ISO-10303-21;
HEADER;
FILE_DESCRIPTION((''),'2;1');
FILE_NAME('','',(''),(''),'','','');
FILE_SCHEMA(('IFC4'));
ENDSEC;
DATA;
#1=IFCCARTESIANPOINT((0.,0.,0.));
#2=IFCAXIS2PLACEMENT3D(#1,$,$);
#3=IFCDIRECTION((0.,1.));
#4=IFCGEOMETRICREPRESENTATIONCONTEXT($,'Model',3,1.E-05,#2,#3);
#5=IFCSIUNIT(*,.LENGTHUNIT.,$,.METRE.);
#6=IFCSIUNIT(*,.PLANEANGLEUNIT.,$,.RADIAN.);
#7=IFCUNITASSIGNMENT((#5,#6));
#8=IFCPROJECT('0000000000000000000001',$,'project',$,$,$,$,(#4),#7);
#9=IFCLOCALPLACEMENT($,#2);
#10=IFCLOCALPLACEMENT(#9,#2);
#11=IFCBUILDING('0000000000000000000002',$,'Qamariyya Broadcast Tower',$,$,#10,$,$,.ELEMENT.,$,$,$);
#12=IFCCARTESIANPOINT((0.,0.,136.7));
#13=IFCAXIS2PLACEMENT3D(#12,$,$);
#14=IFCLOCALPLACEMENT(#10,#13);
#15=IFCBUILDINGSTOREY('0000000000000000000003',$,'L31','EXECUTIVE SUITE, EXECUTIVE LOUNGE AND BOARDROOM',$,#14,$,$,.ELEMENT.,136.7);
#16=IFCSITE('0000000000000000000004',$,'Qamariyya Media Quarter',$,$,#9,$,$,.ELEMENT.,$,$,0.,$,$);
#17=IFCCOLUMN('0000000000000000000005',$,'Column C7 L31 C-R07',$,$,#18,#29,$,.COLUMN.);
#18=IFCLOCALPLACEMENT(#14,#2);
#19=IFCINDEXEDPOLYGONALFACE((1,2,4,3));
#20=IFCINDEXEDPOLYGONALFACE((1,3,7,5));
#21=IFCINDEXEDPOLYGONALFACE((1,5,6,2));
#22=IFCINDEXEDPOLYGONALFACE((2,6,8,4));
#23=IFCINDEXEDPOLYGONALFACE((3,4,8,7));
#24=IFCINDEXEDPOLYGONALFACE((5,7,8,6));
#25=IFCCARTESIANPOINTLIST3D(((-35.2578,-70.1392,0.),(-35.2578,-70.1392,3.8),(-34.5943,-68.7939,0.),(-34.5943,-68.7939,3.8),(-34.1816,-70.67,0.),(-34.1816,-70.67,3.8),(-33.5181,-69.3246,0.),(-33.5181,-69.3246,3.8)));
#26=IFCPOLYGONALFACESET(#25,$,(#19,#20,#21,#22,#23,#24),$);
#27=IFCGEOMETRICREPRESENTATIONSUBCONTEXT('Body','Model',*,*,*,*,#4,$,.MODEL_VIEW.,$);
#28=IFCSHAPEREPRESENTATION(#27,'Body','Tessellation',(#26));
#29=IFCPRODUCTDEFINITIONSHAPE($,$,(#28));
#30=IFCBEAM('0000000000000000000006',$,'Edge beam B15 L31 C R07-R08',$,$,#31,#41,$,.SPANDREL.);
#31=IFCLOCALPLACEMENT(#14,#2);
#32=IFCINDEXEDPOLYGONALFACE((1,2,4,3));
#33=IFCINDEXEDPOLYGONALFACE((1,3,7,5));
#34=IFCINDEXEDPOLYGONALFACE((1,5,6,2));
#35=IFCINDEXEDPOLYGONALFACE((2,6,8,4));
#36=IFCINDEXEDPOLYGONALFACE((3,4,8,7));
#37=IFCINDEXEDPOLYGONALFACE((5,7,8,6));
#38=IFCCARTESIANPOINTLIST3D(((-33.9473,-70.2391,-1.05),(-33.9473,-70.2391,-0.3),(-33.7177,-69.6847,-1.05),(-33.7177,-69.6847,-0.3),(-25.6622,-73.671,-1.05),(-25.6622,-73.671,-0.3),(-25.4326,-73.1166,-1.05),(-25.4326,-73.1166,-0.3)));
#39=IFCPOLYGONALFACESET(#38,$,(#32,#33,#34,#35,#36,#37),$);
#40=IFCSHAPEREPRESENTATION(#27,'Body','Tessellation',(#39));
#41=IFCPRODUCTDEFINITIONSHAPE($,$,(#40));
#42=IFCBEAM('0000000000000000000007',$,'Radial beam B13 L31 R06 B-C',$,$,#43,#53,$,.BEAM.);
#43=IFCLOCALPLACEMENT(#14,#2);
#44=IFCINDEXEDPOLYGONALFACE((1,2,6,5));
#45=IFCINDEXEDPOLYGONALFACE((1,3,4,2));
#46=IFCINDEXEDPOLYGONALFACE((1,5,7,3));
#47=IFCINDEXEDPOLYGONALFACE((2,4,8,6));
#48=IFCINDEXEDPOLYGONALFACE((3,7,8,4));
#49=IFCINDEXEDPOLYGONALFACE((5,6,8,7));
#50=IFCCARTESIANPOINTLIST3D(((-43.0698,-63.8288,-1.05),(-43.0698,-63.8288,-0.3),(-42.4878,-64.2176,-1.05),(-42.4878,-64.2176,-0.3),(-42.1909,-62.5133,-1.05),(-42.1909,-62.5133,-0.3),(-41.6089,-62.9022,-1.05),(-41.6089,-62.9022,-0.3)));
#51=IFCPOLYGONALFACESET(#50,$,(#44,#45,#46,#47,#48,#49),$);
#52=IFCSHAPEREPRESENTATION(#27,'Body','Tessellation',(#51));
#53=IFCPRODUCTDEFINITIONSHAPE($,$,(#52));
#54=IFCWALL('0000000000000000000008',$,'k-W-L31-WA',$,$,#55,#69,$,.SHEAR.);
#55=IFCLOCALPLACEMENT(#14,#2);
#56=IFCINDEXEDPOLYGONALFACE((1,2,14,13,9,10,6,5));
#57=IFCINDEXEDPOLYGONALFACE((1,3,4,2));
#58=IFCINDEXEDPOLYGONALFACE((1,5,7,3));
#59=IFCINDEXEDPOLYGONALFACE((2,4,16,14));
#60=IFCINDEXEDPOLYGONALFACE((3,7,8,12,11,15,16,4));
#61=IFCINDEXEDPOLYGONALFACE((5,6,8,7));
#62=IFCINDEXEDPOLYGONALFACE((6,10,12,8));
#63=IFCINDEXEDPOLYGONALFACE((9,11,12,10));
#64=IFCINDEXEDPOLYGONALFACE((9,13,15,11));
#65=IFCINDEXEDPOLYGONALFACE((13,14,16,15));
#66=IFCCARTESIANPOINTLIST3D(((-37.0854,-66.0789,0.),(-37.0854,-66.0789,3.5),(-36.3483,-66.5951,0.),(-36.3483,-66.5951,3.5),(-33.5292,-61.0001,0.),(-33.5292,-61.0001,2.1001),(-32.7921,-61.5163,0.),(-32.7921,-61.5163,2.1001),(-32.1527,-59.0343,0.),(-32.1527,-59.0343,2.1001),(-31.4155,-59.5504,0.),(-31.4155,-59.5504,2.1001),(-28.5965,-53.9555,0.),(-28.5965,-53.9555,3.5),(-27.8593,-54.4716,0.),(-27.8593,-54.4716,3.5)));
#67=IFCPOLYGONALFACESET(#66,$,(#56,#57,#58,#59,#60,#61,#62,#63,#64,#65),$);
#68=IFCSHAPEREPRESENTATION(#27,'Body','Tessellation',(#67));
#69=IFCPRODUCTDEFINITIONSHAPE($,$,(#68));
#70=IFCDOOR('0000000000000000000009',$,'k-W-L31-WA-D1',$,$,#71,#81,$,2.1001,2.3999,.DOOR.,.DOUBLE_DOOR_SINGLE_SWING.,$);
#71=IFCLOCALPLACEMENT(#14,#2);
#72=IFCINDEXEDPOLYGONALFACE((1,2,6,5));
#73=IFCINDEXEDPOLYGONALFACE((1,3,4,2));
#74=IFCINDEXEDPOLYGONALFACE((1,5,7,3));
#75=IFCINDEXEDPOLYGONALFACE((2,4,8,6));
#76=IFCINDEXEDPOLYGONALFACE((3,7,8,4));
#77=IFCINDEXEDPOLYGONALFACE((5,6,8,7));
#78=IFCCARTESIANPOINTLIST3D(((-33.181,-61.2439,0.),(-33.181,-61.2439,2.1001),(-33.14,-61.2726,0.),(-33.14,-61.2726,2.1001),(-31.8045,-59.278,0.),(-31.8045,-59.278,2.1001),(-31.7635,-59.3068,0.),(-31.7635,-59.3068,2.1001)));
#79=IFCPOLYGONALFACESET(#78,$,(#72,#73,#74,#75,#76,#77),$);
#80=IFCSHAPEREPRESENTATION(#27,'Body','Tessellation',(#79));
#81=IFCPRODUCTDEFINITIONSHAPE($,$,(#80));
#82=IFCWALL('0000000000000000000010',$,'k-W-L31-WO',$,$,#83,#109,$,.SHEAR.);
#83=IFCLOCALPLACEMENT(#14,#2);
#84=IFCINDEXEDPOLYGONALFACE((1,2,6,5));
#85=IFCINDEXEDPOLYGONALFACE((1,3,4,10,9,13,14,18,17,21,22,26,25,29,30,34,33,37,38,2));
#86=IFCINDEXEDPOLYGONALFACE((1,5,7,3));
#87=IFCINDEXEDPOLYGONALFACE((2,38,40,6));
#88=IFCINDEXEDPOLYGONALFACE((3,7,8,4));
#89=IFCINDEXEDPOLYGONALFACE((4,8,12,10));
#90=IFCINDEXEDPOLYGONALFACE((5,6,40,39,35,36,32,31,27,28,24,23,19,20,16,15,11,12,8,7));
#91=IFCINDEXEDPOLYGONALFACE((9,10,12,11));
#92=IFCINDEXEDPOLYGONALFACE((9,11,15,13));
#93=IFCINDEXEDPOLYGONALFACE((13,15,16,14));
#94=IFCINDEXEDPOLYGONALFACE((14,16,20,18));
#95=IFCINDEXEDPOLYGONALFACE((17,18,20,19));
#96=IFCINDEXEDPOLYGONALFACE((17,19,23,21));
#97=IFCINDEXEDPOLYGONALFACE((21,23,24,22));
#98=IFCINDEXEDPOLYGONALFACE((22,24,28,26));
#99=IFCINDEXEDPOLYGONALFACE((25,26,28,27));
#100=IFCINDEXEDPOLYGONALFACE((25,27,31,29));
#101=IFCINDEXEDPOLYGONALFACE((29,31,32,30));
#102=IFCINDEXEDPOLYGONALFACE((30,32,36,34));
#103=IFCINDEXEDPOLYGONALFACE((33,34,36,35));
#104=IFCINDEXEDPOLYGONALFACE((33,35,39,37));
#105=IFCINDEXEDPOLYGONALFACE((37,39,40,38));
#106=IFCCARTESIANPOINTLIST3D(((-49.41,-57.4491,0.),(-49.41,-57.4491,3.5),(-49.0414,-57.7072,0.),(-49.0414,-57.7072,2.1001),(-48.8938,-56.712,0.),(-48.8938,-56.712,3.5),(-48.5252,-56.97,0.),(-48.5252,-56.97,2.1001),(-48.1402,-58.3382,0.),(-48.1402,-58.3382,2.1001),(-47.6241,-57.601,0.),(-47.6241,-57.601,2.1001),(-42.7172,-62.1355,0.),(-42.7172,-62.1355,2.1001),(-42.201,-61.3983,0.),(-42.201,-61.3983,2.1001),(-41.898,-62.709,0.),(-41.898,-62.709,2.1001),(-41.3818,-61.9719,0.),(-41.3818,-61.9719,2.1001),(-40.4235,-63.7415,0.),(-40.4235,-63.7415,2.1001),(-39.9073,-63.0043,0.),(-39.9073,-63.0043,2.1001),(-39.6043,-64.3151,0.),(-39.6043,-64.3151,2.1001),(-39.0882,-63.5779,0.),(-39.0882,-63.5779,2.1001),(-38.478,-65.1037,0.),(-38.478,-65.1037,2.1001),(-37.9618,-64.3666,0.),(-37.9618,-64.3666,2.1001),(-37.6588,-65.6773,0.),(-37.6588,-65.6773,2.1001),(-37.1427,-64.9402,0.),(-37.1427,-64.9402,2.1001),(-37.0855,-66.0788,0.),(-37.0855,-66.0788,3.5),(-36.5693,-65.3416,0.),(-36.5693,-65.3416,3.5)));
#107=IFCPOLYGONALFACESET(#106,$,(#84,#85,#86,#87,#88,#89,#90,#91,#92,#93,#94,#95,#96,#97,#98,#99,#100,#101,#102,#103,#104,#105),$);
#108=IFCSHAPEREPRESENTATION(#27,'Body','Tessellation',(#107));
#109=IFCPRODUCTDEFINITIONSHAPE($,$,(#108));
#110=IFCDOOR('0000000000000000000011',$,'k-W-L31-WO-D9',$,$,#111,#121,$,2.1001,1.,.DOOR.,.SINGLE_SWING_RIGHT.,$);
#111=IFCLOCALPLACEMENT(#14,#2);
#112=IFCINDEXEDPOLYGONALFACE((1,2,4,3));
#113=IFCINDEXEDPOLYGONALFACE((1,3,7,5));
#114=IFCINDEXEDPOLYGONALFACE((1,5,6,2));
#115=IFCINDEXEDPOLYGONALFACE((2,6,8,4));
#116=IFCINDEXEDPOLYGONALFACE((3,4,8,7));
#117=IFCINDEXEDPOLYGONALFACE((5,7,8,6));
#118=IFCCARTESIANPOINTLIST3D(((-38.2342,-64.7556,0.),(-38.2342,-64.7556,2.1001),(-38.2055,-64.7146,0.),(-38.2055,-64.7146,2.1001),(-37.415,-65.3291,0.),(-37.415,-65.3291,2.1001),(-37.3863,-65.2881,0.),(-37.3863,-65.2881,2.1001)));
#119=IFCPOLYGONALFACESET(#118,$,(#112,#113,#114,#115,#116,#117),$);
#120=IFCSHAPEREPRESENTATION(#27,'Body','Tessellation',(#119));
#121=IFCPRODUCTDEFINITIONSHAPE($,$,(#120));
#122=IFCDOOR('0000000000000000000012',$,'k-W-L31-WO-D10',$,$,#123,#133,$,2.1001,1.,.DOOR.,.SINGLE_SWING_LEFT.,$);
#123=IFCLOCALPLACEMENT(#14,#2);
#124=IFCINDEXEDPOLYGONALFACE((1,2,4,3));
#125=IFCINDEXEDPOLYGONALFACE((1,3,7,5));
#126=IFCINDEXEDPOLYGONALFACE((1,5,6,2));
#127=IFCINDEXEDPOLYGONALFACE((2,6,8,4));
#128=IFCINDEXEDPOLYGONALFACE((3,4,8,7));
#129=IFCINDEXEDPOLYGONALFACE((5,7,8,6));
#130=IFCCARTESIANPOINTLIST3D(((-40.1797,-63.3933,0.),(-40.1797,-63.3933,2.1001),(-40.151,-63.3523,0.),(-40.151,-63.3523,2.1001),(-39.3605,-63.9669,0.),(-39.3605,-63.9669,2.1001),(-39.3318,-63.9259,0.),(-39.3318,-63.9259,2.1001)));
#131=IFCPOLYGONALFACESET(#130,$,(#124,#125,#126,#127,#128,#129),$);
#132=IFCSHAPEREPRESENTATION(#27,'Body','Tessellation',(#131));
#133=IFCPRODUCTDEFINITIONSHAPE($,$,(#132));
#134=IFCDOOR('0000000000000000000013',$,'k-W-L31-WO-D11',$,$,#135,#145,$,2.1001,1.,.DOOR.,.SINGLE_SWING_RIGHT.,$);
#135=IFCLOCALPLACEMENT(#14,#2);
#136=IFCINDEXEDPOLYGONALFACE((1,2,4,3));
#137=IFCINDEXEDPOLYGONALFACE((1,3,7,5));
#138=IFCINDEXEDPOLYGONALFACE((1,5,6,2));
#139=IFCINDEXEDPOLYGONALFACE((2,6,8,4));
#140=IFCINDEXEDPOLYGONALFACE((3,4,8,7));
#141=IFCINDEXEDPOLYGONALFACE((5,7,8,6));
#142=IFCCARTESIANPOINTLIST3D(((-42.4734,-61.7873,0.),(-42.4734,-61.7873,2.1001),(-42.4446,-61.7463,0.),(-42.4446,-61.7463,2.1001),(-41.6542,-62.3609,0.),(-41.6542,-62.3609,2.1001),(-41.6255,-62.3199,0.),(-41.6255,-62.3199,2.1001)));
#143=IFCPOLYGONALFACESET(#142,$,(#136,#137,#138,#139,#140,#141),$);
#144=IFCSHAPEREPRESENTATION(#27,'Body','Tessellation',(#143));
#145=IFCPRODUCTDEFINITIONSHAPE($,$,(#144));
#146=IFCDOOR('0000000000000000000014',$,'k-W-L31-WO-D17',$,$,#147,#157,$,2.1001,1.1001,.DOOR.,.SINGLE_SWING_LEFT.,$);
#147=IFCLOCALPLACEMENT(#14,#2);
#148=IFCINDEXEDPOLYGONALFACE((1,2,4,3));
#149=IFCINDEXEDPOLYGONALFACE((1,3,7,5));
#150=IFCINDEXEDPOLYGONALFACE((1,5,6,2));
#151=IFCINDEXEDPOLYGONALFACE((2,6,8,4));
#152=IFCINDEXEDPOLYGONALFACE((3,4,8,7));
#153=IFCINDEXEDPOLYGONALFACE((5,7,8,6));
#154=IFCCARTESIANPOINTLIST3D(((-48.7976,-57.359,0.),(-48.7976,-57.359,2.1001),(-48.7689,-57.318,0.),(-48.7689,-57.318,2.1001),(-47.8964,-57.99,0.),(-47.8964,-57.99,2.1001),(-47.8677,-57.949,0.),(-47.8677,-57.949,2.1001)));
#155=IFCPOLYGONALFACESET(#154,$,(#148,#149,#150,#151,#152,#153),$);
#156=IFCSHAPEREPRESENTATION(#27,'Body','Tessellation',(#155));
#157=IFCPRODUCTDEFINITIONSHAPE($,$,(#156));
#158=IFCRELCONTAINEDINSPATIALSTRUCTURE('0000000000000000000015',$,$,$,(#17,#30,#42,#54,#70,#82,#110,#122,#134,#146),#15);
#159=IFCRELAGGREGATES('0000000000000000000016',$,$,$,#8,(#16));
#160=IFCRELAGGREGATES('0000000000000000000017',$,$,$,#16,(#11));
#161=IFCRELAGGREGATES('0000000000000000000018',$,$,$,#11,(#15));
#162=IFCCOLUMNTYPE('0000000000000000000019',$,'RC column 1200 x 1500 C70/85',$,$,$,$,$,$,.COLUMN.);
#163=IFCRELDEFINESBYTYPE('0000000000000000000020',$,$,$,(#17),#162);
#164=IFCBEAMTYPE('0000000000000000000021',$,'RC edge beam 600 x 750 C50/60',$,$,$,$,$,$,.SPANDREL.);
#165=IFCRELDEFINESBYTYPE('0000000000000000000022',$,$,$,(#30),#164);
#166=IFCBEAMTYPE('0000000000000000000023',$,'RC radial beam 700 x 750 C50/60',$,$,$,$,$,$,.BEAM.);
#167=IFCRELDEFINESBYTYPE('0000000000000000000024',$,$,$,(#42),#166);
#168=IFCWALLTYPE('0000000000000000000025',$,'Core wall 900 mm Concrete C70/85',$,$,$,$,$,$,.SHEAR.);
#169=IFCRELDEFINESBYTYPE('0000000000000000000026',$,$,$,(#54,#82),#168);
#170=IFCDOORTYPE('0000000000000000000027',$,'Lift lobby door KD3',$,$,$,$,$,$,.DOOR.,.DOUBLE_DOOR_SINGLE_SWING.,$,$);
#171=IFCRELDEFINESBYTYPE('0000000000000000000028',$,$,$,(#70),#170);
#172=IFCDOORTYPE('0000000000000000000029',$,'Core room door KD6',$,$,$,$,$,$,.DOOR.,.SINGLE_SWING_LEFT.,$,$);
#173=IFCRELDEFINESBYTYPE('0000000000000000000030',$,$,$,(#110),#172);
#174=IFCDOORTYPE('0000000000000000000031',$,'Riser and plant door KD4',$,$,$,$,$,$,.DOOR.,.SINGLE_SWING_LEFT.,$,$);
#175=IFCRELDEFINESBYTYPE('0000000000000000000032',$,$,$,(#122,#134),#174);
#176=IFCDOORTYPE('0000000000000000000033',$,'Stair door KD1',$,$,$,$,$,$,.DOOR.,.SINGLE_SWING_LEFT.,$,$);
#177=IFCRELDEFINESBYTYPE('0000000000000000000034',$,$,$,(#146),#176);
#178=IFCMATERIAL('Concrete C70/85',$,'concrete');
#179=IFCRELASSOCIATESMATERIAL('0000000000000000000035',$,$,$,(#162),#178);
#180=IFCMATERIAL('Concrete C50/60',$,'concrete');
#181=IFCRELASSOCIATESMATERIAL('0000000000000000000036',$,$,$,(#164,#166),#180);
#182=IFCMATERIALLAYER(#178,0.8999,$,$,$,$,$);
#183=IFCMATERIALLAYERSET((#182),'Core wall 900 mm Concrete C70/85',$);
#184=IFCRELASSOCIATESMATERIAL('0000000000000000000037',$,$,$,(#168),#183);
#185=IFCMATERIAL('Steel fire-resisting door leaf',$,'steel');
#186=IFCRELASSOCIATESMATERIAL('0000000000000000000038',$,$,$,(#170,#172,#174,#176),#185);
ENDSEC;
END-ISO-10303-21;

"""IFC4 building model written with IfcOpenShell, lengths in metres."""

from ifc_helpers import new_model, si_unit, direction, frame, frame_2d, origin, origin_2d, place, context, subcontext, project, spatial, rectangle, extrude, material, layer, layer_set, material_profile, profile_set, type_object, element, fill, save


model = new_model("IFC4")

# Units and contexts
model_context = context("Model", 3, precision=1e-05, world=origin(), true_north=direction((0.0, 1.0)))
body_context = subcontext(model_context, "Body", "Model", "MODEL_VIEW")
ifc_project = project(units=[si_unit("LENGTHUNIT", "METRE"), si_unit("PLANEANGLEUNIT", "RADIAN")], contexts=[model_context])

# Site, building, storey
site_placement = place(None, origin())
site = spatial("IfcSite", under=ifc_project, at=site_placement, Name="Qamariyya Media Quarter", CompositionType="ELEMENT", RefElevation=0.0)
building_placement = place(site_placement, origin())
building = spatial("IfcBuilding", under=site, at=building_placement, Name="Qamariyya Broadcast Tower", CompositionType="ELEMENT")
storey_placement = place(building_placement, frame((0.0, 0.0, 136.7)))
storey = spatial("IfcBuildingStorey", under=building, at=storey_placement, Name="L31", Description="EXECUTIVE SUITE, EXECUTIVE LOUNGE AND BOARDROOM", CompositionType="ELEMENT", Elevation=136.7)

# Column
ifc_material_1 = material(Name="Concrete C70/85", Category="concrete")
ifc_material_profile_1 = material_profile(ifc_material_1, rectangle(XDim=1.2, YDim=1.5, at=origin_2d()))
ifc_profile_set_1 = profile_set([ifc_material_profile_1], Name="Concrete C70/85")
column_type = type_object("IfcColumnType", Name="RC column 1200 x 1500 C70/85", PredefinedType="COLUMN", material=ifc_profile_set_1)
column_placement = place(storey_placement, frame((-34.3879, -69.7319, 0.0), z_axis=(0.0, 0.0, 1.0), x_axis=(0.896873, -0.442289, 0.0)))
element("IfcColumn", 1, at=column_placement, inside=storey, type_object=column_type, Name="Column C7 L31 C-R07", PredefinedType="COLUMN", context=body_context, shape_type="SweptSolid", body=[
    extrude(rectangle(XDim=1.2, YDim=1.5, at=origin_2d()), origin(), (0.0, 0.0, 1.0), 3.8),
])

# Beams
ifc_material_2 = material(Name="Concrete C50/60", Category="concrete")
ifc_material_profile_2 = material_profile(ifc_material_2, rectangle(XDim=0.6001, YDim=0.75, at=origin_2d()))
ifc_profile_set_2 = profile_set([ifc_material_profile_2], Name="Concrete C50/60")
beam_type_1 = type_object("IfcBeamType", Name="RC edge beam 600 x 750 C50/60", PredefinedType="SPANDREL", material=ifc_profile_set_2)
beam_1_placement = place(storey_placement, frame((-33.8325, -69.9619, -0.675), z_axis=(0.923877, -0.382689, 0.0), x_axis=(0.382689, 0.923877, 0.0)))
element("IfcBeam", 2, at=beam_1_placement, inside=storey, type_object=beam_type_1, Name="Edge beam B15 L31 C R07-R08", PredefinedType="SPANDREL", context=body_context, shape_type="SweptSolid", body=[
    extrude(rectangle(XDim=0.6001, YDim=0.75, at=origin_2d()), origin(), (0.0, 0.0, 1.0), 8.9678),
])
ifc_material_profile_3 = material_profile(ifc_material_2, rectangle(XDim=0.7, YDim=0.75, at=origin_2d()))
ifc_profile_set_3 = profile_set([ifc_material_profile_3], Name="Concrete C50/60")
beam_type_2 = type_object("IfcBeamType", Name="RC radial beam 700 x 750 C50/60", PredefinedType="BEAM", material=ifc_profile_set_3)
beam_2_placement = place(storey_placement, frame((-41.8999, -62.7078, -0.675), z_axis=(-0.555555, -0.83148, 0.0), x_axis=(0.83148, -0.555555, 0.0)))
element("IfcBeam", 3, at=beam_2_placement, inside=storey, type_object=beam_type_2, Name="Radial beam B13 L31 R06 B-C", PredefinedType="BEAM", context=body_context, shape_type="SweptSolid", body=[
    extrude(rectangle(XDim=0.7, YDim=0.75, at=origin_2d()), origin(), (0.0, 0.0, 1.0), 1.582),
])

# Wall, opening, door
ifc_layer_1 = layer(ifc_material_1, 0.8999)
ifc_layer_set_1 = layer_set([ifc_layer_1], Name="Core wall 900 mm Concrete C70/85")
wall_type_1 = type_object("IfcWallType", Name="Core wall 900 mm Concrete C70/85", PredefinedType="SHEAR", material=ifc_layer_set_1)
wall_1_placement = place(storey_placement, frame((-36.7168, -66.3369, 0.0), z_axis=(0.0, 0.0, 1.0), x_axis=(0.573577, 0.819151, 0.0)))
wall_1 = element("IfcWall", 4, at=wall_1_placement, inside=storey, type_object=wall_type_1, Name="k-W-L31-WA", PredefinedType="SHEAR", context=body_context, shape_type="SweptSolid", body=[
    extrude(rectangle(XDim=14.8, YDim=0.8999, at=frame_2d((7.3999, 0.0))), origin(), (0.0, 0.0, 1.0), 3.5),
])
opening_1_placement = place(wall_1_placement, frame((6.2, 0.0, 0.0)))
opening_1 = element("IfcOpeningElement", 5, at=opening_1_placement, cuts=wall_1, PredefinedType="OPENING", context=body_context, shape_type="SweptSolid", body=[
    extrude(rectangle(XDim=2.3999, YDim=2.1001, at=frame_2d((1.2, 1.05))), frame((0.0, 0.46, 0.0), z_axis=(0.0, -1.0, 0.0), x_axis=(1.0, 0.0, 0.0)), (0.0, 0.0, 1.0), 0.9199),
])
ifc_material_3 = material(Name="Steel fire-resisting door leaf", Category="steel")
door_type_1 = type_object("IfcDoorType", Name="Lift lobby door KD3", OperationType="DOUBLE_DOOR_SINGLE_SWING", PredefinedType="DOOR", material=ifc_material_3)
door_1_placement = place(opening_1_placement, origin())
door_1 = element("IfcDoor", 6, at=door_1_placement, inside=storey, type_object=door_type_1, Name="k-W-L31-WA-D1", OperationType="DOUBLE_DOOR_SINGLE_SWING", OverallHeight=2.1001, OverallWidth=2.3999, PredefinedType="DOOR", context=body_context, shape_type="SweptSolid", body=[
    extrude(rectangle(XDim=2.3999, YDim=2.1001, at=frame_2d((1.2, 1.05))), frame((0.0, 0.0249, 0.0), z_axis=(0.0, -1.0, 0.0), x_axis=(1.0, 0.0, 0.0)), (0.0, 0.0, 1.0), 0.05),
])
fill(opening_1, door_1)

# Wall, openings, doors
wall_2_placement = place(storey_placement, frame((-36.8274, -65.7102, 0.0), z_axis=(0.0, 0.0, 1.0), x_axis=(-0.819153, 0.573575, 0.0)))
wall_2 = element("IfcWall", 7, at=wall_2_placement, inside=storey, type_object=wall_type_1, Name="k-W-L31-WO", PredefinedType="SHEAR", context=body_context, shape_type="SweptSolid", body=[
    extrude(rectangle(XDim=15.0454, YDim=0.8999, at=frame_2d((7.5227, 0.0))), origin(), (0.0, 0.0, 1.0), 3.5),
])
opening_2_placement = place(wall_2_placement, frame((0.7, 0.0, 0.0)))
opening_2 = element("IfcOpeningElement", 8, at=opening_2_placement, cuts=wall_2, PredefinedType="OPENING", context=body_context, shape_type="SweptSolid", body=[
    extrude(rectangle(XDim=1.0, YDim=2.1001, at=frame_2d((0.5, 1.05))), frame((0.0, 0.46, 0.0), z_axis=(0.0, -1.0, 0.0), x_axis=(1.0, 0.0, 0.0)), (0.0, 0.0, 1.0), 0.9199),
])
opening_3_placement = place(wall_2_placement, frame((3.075, 0.0, 0.0)))
opening_3 = element("IfcOpeningElement", 9, at=opening_3_placement, cuts=wall_2, PredefinedType="OPENING", context=body_context, shape_type="SweptSolid", body=[
    extrude(rectangle(XDim=1.0, YDim=2.1001, at=frame_2d((0.5, 1.05))), frame((0.0, 0.46, 0.0), z_axis=(0.0, -1.0, 0.0), x_axis=(1.0, 0.0, 0.0)), (0.0, 0.0, 1.0), 0.9199),
])
opening_4_placement = place(wall_2_placement, frame((5.875, 0.0, 0.0)))
opening_4 = element("IfcOpeningElement", 10, at=opening_4_placement, cuts=wall_2, PredefinedType="OPENING", context=body_context, shape_type="SweptSolid", body=[
    extrude(rectangle(XDim=1.0, YDim=2.1001, at=frame_2d((0.5, 1.05))), frame((0.0, 0.46, 0.0), z_axis=(0.0, -1.0, 0.0), x_axis=(1.0, 0.0, 0.0)), (0.0, 0.0, 1.0), 0.9199),
])
opening_5_placement = place(wall_2_placement, frame((13.4954, 0.0, 0.0)))
opening_5 = element("IfcOpeningElement", 11, at=opening_5_placement, cuts=wall_2, PredefinedType="OPENING", context=body_context, shape_type="SweptSolid", body=[
    extrude(rectangle(XDim=1.1001, YDim=2.1001, at=frame_2d((0.55, 1.05))), frame((0.0, 0.46, 0.0), z_axis=(0.0, -1.0, 0.0), x_axis=(1.0, 0.0, 0.0)), (0.0, 0.0, 1.0), 0.9199),
])
door_type_2 = type_object("IfcDoorType", Name="Core room door KD6", OperationType="SINGLE_SWING_LEFT", PredefinedType="DOOR", material=ifc_material_3)
door_2_placement = place(opening_2_placement, origin())
door_2 = element("IfcDoor", 12, at=door_2_placement, inside=storey, type_object=door_type_2, Name="k-W-L31-WO-D9", OperationType="SINGLE_SWING_RIGHT", OverallHeight=2.1001, OverallWidth=1.0, PredefinedType="DOOR", context=body_context, shape_type="SweptSolid", body=[
    extrude(rectangle(XDim=1.0, YDim=2.1001, at=frame_2d((0.5, 1.05))), frame((0.0, 0.0249, 0.0), z_axis=(0.0, -1.0, 0.0), x_axis=(1.0, 0.0, 0.0)), (0.0, 0.0, 1.0), 0.05),
])
fill(opening_2, door_2)
door_type_3 = type_object("IfcDoorType", Name="Riser and plant door KD4", OperationType="SINGLE_SWING_LEFT", PredefinedType="DOOR", material=ifc_material_3)
door_3_placement = place(opening_3_placement, origin())
door_3 = element("IfcDoor", 13, at=door_3_placement, inside=storey, type_object=door_type_3, Name="k-W-L31-WO-D10", OperationType="SINGLE_SWING_LEFT", OverallHeight=2.1001, OverallWidth=1.0, PredefinedType="DOOR", context=body_context, shape_type="SweptSolid", body=[
    extrude(rectangle(XDim=1.0, YDim=2.1001, at=frame_2d((0.5, 1.05))), frame((0.0, 0.0249, 0.0), z_axis=(0.0, -1.0, 0.0), x_axis=(1.0, 0.0, 0.0)), (0.0, 0.0, 1.0), 0.05),
])
fill(opening_3, door_3)
door_4_placement = place(opening_4_placement, origin())
door_4 = element("IfcDoor", 14, at=door_4_placement, inside=storey, type_object=door_type_3, Name="k-W-L31-WO-D11", OperationType="SINGLE_SWING_RIGHT", OverallHeight=2.1001, OverallWidth=1.0, PredefinedType="DOOR", context=body_context, shape_type="SweptSolid", body=[
    extrude(rectangle(XDim=1.0, YDim=2.1001, at=frame_2d((0.5, 1.05))), frame((0.0, 0.0249, 0.0), z_axis=(0.0, -1.0, 0.0), x_axis=(1.0, 0.0, 0.0)), (0.0, 0.0, 1.0), 0.05),
])
fill(opening_4, door_4)
door_type_4 = type_object("IfcDoorType", Name="Stair door KD1", OperationType="SINGLE_SWING_LEFT", PredefinedType="DOOR", material=ifc_material_3)
door_5_placement = place(opening_5_placement, origin())
door_5 = element("IfcDoor", 15, at=door_5_placement, inside=storey, type_object=door_type_4, Name="k-W-L31-WO-D17", OperationType="SINGLE_SWING_LEFT", OverallHeight=2.1001, OverallWidth=1.1001, PredefinedType="DOOR", context=body_context, shape_type="SweptSolid", body=[
    extrude(rectangle(XDim=1.1001, YDim=2.1001, at=frame_2d((0.55, 1.05))), frame((0.0, 0.0249, 0.0), z_axis=(0.0, -1.0, 0.0), x_axis=(1.0, 0.0, 0.0)), (0.0, 0.0, 1.0), 0.05),
])
fill(opening_5, door_5)

save(model, "model.ifc")
